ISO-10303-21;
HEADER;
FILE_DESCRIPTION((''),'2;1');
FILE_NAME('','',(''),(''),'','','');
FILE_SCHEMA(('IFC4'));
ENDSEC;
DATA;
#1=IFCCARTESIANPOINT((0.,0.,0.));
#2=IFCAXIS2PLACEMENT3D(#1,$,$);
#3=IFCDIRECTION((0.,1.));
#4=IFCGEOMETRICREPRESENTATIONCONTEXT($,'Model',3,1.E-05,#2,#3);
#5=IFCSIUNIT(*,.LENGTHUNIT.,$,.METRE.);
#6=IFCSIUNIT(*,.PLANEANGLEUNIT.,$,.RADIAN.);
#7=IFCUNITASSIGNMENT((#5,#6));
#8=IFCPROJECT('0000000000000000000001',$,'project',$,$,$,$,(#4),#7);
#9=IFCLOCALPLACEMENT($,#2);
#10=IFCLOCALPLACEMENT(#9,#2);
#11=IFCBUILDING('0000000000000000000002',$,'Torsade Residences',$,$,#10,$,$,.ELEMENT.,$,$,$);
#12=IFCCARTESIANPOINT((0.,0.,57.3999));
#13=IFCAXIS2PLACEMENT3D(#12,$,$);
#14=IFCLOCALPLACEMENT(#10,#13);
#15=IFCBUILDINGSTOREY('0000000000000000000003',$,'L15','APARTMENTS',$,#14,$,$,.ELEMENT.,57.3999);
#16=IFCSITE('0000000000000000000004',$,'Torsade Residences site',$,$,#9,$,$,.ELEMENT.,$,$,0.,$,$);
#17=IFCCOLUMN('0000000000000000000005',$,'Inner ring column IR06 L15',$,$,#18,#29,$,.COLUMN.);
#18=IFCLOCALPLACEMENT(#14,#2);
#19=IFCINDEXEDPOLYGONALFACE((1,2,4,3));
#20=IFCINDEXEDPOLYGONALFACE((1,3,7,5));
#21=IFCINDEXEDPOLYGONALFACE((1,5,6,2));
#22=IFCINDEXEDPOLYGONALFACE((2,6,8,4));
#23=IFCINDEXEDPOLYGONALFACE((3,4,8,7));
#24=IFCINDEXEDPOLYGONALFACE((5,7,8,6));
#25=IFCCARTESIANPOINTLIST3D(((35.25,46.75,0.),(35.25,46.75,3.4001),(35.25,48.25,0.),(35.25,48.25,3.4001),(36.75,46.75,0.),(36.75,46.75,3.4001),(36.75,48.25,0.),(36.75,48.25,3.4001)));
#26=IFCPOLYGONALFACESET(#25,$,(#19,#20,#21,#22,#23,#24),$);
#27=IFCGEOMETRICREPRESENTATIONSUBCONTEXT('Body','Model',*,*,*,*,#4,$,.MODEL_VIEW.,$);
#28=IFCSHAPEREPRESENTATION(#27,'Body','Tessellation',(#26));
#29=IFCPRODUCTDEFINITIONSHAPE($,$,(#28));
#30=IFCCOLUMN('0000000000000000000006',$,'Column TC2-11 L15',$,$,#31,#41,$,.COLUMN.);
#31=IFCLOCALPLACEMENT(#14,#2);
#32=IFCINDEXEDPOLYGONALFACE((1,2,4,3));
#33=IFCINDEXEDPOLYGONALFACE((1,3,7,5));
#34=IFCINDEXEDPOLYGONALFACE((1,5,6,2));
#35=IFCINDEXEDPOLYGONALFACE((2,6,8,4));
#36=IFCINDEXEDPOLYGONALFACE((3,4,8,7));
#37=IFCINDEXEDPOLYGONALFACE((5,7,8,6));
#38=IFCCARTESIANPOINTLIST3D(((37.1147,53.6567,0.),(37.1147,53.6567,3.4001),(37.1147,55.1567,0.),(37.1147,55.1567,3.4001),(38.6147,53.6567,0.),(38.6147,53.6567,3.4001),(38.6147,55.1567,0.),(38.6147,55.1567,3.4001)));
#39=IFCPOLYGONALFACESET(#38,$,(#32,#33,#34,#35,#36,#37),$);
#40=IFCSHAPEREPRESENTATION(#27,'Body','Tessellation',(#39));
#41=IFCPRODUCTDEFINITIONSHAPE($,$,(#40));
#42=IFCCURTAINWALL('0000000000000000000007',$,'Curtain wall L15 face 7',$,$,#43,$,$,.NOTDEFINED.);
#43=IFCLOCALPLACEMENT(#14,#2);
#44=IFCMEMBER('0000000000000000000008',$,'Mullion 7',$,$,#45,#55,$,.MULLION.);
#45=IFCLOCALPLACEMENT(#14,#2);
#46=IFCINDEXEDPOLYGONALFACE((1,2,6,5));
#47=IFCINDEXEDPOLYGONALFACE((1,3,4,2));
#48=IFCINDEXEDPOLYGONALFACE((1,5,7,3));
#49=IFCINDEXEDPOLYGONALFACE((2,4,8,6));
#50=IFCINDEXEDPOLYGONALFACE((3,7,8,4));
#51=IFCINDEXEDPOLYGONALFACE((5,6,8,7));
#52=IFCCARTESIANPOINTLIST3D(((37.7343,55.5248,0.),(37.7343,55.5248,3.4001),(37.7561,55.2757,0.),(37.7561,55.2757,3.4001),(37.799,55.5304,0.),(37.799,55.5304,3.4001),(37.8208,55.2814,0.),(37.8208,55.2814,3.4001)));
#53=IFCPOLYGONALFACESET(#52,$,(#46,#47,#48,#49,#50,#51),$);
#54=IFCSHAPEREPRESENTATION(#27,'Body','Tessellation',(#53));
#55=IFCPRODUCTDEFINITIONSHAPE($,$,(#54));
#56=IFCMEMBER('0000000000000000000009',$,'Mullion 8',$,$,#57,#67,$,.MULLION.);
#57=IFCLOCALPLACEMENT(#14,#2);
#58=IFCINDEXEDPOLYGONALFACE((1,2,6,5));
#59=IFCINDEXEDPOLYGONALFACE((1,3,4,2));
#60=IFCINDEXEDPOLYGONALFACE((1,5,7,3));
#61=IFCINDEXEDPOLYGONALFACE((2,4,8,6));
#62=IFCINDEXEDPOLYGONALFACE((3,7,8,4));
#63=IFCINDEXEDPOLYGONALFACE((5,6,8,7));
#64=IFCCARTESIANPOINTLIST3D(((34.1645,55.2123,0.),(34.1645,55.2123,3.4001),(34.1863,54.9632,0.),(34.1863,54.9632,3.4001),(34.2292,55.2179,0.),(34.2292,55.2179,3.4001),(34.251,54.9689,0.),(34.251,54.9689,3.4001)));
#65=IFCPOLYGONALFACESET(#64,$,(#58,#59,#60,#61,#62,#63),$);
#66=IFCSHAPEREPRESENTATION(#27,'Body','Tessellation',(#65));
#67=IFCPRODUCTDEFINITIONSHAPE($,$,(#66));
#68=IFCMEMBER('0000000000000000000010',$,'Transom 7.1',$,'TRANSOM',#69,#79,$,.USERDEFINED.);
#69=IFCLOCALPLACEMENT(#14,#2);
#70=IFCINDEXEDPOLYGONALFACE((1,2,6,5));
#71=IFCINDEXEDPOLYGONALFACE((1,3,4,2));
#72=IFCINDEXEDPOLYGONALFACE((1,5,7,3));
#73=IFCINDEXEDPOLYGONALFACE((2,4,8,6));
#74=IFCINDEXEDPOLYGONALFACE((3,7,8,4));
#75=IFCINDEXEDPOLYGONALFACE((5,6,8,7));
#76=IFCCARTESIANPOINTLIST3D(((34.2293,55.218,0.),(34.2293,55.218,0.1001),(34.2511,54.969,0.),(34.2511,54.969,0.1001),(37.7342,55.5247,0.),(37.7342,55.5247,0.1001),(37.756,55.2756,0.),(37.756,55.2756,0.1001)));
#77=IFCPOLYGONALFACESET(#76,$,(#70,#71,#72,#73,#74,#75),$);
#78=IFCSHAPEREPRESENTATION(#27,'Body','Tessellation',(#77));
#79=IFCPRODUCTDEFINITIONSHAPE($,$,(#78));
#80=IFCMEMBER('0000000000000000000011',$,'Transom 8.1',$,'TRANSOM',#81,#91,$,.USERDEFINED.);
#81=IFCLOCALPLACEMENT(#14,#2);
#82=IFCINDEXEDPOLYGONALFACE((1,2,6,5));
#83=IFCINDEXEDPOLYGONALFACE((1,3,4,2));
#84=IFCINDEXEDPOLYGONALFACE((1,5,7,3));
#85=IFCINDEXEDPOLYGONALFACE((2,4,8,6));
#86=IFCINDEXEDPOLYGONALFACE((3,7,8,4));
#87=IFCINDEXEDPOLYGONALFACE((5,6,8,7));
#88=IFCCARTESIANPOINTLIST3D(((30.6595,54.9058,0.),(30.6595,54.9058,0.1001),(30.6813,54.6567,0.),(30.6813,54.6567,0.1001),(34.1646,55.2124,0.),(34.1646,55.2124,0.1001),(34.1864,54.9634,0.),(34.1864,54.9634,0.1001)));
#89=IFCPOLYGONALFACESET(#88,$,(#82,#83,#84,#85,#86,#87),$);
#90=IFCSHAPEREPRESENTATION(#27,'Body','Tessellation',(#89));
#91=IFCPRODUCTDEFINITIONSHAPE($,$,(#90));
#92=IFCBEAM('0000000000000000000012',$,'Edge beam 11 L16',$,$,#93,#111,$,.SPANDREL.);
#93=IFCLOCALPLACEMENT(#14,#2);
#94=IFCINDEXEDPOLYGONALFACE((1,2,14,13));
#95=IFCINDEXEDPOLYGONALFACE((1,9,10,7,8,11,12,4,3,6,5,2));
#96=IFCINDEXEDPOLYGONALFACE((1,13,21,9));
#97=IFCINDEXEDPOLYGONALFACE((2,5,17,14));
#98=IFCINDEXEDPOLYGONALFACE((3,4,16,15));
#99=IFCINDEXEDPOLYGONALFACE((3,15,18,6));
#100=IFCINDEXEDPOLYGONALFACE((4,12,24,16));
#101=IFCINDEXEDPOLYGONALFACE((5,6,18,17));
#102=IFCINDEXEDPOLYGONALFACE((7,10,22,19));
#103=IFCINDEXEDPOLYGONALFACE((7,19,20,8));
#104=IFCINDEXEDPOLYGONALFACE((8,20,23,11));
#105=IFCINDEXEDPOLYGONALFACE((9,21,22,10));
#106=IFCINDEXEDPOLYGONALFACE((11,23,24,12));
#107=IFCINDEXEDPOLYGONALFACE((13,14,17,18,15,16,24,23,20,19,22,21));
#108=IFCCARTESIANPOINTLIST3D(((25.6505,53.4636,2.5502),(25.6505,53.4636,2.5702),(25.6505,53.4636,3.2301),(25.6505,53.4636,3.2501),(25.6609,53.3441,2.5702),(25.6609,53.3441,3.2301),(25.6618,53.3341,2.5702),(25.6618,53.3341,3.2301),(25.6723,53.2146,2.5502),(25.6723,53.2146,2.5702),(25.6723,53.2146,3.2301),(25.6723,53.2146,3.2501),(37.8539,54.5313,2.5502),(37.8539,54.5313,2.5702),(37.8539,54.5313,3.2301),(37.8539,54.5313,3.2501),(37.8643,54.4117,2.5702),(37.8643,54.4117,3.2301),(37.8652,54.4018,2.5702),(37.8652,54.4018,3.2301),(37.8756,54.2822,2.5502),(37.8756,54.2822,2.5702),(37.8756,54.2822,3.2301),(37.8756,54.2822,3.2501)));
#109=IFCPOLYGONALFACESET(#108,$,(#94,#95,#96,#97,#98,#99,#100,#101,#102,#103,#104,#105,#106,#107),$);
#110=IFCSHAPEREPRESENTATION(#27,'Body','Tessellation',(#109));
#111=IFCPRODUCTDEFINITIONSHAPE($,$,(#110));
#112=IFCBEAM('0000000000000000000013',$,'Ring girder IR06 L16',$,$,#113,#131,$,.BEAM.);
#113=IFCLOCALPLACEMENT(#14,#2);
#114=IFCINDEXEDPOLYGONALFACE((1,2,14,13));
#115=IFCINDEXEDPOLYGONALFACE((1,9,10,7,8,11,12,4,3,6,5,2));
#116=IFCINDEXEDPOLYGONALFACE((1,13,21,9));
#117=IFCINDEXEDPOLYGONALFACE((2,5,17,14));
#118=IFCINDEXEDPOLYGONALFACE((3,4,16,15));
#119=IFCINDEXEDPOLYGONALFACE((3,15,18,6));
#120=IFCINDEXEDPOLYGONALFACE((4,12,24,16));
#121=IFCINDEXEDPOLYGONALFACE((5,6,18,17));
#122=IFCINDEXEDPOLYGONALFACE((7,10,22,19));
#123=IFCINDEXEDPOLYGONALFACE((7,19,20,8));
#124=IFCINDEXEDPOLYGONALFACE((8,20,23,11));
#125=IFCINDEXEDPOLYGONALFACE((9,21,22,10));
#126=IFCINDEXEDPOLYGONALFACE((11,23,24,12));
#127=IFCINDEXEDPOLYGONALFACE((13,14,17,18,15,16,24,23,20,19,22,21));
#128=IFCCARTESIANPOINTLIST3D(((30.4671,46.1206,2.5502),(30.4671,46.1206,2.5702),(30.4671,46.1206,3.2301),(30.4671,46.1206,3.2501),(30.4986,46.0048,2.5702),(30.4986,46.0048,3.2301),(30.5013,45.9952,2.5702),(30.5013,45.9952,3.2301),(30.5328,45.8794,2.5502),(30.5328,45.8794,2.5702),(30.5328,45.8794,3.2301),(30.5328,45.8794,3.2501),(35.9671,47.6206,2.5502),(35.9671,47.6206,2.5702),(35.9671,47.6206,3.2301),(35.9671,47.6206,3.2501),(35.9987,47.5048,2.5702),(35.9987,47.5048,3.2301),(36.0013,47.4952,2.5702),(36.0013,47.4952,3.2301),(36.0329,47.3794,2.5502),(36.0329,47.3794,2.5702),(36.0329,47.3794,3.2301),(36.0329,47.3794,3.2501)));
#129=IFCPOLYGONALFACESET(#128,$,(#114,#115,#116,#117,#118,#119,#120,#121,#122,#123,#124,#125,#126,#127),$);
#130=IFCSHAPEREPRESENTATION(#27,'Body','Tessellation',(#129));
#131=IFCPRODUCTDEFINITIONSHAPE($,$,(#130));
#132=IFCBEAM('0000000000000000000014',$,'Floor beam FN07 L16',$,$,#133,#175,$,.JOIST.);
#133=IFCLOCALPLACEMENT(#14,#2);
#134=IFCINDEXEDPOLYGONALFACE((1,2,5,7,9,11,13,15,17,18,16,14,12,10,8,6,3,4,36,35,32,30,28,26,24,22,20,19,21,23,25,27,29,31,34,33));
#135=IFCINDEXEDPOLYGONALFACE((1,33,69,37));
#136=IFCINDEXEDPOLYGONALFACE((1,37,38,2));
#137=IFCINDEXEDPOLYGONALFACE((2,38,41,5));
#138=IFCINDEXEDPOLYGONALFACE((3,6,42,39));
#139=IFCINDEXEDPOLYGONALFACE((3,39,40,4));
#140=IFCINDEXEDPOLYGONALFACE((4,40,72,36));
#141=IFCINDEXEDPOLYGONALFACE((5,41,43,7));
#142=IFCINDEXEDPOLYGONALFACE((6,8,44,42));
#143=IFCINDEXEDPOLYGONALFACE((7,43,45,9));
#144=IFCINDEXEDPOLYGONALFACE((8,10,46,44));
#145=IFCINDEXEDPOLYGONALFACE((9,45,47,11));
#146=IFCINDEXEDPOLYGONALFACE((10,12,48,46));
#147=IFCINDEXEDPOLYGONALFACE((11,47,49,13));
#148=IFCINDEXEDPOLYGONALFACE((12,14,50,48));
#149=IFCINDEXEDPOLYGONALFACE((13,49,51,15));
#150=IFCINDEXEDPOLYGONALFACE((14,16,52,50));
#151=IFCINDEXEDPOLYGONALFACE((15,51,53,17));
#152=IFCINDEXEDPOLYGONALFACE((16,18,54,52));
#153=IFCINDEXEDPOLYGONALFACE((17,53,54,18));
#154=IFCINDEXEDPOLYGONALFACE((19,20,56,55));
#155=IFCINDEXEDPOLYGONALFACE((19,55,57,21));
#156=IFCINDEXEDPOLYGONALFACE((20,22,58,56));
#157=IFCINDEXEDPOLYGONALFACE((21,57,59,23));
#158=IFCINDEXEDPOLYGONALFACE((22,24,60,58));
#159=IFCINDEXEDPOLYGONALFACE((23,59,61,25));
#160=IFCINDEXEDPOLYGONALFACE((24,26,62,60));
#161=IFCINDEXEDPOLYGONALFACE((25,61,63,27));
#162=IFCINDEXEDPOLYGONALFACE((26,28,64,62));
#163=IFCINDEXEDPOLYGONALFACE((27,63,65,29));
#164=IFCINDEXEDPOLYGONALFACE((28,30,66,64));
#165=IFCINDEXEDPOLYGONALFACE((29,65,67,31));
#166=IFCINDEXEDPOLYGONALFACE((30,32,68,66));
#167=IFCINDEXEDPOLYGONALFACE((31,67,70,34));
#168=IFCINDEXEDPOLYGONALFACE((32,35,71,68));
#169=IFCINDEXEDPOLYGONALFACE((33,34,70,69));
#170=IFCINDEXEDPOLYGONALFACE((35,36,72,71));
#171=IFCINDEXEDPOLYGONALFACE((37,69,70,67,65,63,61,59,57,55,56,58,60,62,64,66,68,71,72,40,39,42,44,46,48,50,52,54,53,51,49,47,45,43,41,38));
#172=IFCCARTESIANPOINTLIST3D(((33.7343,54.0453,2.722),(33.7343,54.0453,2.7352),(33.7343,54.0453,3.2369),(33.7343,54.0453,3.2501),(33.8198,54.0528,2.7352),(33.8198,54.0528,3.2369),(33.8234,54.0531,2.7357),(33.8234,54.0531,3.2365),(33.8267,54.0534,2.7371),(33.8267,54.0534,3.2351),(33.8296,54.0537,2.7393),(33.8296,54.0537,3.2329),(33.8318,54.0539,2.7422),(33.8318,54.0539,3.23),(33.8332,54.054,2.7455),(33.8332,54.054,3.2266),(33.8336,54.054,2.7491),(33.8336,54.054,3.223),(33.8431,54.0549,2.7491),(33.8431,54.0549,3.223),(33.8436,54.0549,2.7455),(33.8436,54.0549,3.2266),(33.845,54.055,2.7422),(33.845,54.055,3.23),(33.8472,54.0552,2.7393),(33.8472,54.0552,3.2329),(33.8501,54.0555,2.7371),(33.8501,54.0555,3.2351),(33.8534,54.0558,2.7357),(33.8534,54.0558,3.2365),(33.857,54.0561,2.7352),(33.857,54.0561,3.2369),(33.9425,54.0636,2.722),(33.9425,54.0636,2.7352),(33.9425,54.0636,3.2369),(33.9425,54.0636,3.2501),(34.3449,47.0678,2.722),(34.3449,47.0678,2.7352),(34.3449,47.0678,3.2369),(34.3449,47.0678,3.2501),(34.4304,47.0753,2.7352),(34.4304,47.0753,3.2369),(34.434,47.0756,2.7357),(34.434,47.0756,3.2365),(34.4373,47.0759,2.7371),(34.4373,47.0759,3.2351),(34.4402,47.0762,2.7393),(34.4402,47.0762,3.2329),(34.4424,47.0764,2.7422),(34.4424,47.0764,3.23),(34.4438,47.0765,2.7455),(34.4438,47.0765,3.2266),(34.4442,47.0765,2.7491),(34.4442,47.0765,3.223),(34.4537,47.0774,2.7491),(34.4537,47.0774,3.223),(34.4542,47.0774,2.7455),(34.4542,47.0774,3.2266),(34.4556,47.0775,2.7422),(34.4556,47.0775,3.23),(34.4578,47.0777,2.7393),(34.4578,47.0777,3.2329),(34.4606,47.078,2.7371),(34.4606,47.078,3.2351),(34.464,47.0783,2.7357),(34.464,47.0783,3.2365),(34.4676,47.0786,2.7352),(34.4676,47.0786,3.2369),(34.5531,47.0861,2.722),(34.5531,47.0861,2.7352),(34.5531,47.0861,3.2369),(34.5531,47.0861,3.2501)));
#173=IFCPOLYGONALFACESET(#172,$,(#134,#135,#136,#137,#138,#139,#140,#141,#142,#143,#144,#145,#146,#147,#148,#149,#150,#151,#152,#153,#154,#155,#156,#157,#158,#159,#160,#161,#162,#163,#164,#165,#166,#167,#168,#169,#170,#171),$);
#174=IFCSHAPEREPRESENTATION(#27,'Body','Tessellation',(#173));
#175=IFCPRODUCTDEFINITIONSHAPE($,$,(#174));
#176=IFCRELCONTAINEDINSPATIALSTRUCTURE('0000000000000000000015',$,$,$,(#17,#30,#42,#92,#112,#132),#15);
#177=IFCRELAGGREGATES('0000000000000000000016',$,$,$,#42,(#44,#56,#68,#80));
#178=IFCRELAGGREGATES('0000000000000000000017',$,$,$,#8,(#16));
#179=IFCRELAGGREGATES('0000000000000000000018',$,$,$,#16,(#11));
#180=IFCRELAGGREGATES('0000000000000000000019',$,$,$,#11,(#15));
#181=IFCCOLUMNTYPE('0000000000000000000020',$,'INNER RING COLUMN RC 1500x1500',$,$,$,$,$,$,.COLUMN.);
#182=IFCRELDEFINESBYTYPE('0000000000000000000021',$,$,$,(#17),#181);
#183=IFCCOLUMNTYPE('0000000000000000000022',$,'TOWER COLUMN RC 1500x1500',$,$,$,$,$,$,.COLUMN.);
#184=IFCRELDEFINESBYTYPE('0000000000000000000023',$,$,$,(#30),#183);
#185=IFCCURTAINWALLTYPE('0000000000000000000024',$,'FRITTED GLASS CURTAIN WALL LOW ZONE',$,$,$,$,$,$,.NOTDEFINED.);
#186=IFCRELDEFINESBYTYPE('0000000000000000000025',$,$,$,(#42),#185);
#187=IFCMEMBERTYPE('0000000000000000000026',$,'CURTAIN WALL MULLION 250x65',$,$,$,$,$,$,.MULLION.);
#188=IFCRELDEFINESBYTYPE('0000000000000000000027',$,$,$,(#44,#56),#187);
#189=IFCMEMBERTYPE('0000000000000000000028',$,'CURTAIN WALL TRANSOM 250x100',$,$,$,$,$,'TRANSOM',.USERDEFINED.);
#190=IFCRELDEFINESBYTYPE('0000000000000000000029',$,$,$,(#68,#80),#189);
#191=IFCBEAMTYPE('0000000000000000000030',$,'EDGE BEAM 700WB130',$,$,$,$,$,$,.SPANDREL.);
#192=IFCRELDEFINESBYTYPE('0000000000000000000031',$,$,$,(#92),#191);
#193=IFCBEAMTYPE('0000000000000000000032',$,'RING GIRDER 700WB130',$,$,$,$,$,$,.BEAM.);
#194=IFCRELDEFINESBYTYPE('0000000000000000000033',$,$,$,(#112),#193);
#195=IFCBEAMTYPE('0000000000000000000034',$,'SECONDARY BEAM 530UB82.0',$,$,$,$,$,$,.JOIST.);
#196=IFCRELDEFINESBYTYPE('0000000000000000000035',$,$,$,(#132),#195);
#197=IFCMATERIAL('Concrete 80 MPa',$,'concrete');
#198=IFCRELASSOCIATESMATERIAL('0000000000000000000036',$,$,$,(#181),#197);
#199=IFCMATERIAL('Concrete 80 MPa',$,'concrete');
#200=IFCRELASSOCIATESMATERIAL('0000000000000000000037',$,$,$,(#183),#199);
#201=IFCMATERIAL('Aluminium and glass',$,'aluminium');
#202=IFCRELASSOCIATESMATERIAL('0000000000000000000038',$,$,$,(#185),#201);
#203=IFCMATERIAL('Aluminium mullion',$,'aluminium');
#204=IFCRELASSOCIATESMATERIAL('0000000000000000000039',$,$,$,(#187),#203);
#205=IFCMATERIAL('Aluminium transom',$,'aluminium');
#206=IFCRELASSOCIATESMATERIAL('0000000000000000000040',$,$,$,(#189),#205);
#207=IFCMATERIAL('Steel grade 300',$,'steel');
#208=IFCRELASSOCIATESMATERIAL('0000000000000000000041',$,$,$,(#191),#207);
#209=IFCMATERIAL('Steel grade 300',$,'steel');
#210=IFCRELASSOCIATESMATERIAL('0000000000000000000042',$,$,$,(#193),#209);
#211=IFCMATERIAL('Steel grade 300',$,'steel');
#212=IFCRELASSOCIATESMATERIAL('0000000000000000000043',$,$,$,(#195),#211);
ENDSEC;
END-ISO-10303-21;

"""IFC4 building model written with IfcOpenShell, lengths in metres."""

from ifc_helpers import new_model, si_unit, direction, frame, origin, origin_2d, place, context, subcontext, project, spatial, rectangle, i_section, extrude, material, material_profile, profile_set, type_object, element, aggregate, save


model = new_model("IFC4")

# Units and contexts
model_context = context("Model", 3, precision=1e-05, world=origin(), true_north=direction((0.0, 1.0)))
body_context = subcontext(model_context, "Body", "Model", "MODEL_VIEW")
ifc_project = project(units=[si_unit("LENGTHUNIT", "METRE"), si_unit("PLANEANGLEUNIT", "RADIAN")], contexts=[model_context])

# Site, building, storey
site_placement = place(None, origin())
site = spatial("IfcSite", under=ifc_project, at=site_placement, Name="Torsade Residences site", CompositionType="ELEMENT", RefElevation=0.0)
building_placement = place(site_placement, origin())
building = spatial("IfcBuilding", under=site, at=building_placement, Name="Torsade Residences", CompositionType="ELEMENT")
storey_placement = place(building_placement, frame((0.0, 0.0, 57.3999)))
storey = spatial("IfcBuildingStorey", under=building, at=storey_placement, Name="L15", Description="APARTMENTS", CompositionType="ELEMENT", Elevation=57.3999)

# Columns
ifc_material_1 = material(Name="Concrete 80 MPa", Category="concrete")
ifc_material_profile_1 = material_profile(ifc_material_1, rectangle(XDim=1.5, YDim=1.5, at=origin_2d()), Name="RC 1500x1500")
ifc_profile_set_1 = profile_set([ifc_material_profile_1], Name="Concrete 80 MPa")
column_type_1 = type_object("IfcColumnType", Name="INNER RING COLUMN RC 1500x1500", PredefinedType="COLUMN", material=ifc_profile_set_1)
column_1_placement = place(storey_placement, frame((36.0, 47.5, 0.0), z_axis=(0.0, 0.0, 1.0), x_axis=(1.0, 0.0, 0.0)))
element("IfcColumn", 1, at=column_1_placement, inside=storey, type_object=column_type_1, Name="Inner ring column IR06 L15", PredefinedType="COLUMN", context=body_context, shape_type="SweptSolid", body=[
    extrude(rectangle(XDim=1.5, YDim=1.5, at=origin_2d()), origin(), (0.0, 0.0, 1.0), 3.4001),
])
ifc_material_2 = material(Name="Concrete 80 MPa", Category="concrete")
ifc_material_profile_2 = material_profile(ifc_material_2, rectangle(XDim=1.5, YDim=1.5, at=origin_2d()), Name="RC 1500x1500")
ifc_profile_set_2 = profile_set([ifc_material_profile_2], Name="Concrete 80 MPa")
column_type_2 = type_object("IfcColumnType", Name="TOWER COLUMN RC 1500x1500", PredefinedType="COLUMN", material=ifc_profile_set_2)
column_2_placement = place(storey_placement, frame((37.8647, 54.4067, 0.0), z_axis=(0.0, 0.0, 1.0), x_axis=(1.0, 0.0, 0.0)))
element("IfcColumn", 2, at=column_2_placement, inside=storey, type_object=column_type_2, Name="Column TC2-11 L15", PredefinedType="COLUMN", context=body_context, shape_type="SweptSolid", body=[
    extrude(rectangle(XDim=1.5, YDim=1.5, at=origin_2d()), origin(), (0.0, 0.0, 1.0), 3.4001),
])

# Curtain wall, members
ifc_material_3 = material(Name="Aluminium and glass", Category="aluminium")
curtain_wall_type = type_object("IfcCurtainWallType", Name="FRITTED GLASS CURTAIN WALL LOW ZONE", PredefinedType="NOTDEFINED", material=ifc_material_3)
curtain_wall_placement = place(storey_placement, origin())
curtain_wall = element("IfcCurtainWall", 3, at=curtain_wall_placement, inside=storey, type_object=curtain_wall_type, Name="Curtain wall L15 face 7", PredefinedType="NOTDEFINED")
ifc_material_4 = material(Name="Aluminium mullion", Category="aluminium")
ifc_material_profile_3 = material_profile(ifc_material_4, rectangle(XDim=0.25, YDim=0.0649, at=origin_2d()), Name="CURTAIN WALL MULLION 250x65")
ifc_profile_set_3 = profile_set([ifc_material_profile_3], Name="Aluminium mullion")
member_type_1 = type_object("IfcMemberType", Name="CURTAIN WALL MULLION 250x65", PredefinedType="MULLION", material=ifc_profile_set_3)
member_1_placement = place(storey_placement, frame((37.7776, 55.4031, 0.0), z_axis=(0.0, 0.0, 1.0), x_axis=(0.087156, -0.996195, 0.0)))
member_1 = element("IfcMember", 4, at=member_1_placement, type_object=member_type_1, Name="Mullion 7", PredefinedType="MULLION", context=body_context, shape_type="SweptSolid", body=[
    extrude(rectangle(XDim=0.25, YDim=0.0649, at=origin_2d()), origin(), (0.0, 0.0, 1.0), 3.4001),
])
member_2_placement = place(storey_placement, frame((34.2078, 55.0906, 0.0), z_axis=(0.0, 0.0, 1.0), x_axis=(0.087156, -0.996195, 0.0)))
member_2 = element("IfcMember", 5, at=member_2_placement, type_object=member_type_1, Name="Mullion 8", PredefinedType="MULLION", context=body_context, shape_type="SweptSolid", body=[
    extrude(rectangle(XDim=0.25, YDim=0.0649, at=origin_2d()), origin(), (0.0, 0.0, 1.0), 3.4001),
])
ifc_material_5 = material(Name="Aluminium transom", Category="aluminium")
ifc_material_profile_4 = material_profile(ifc_material_5, rectangle(XDim=0.25, YDim=0.1001, at=origin_2d()), Name="CURTAIN WALL TRANSOM 250x100")
ifc_profile_set_4 = profile_set([ifc_material_profile_4], Name="Aluminium transom")
member_type_2 = type_object("IfcMemberType", Name="CURTAIN WALL TRANSOM 250x100", ElementType="TRANSOM", PredefinedType="USERDEFINED", material=ifc_profile_set_4)
member_3_placement = place(storey_placement, frame((37.7451, 55.4001, 0.05), z_axis=(-0.996195, -0.087157, 0.0), x_axis=(0.087157, -0.996195, 0.0)))
member_3 = element("IfcMember", 6, at=member_3_placement, type_object=member_type_2, Name="Transom 7.1", ObjectType="TRANSOM", PredefinedType="USERDEFINED", context=body_context, shape_type="SweptSolid", body=[
    extrude(rectangle(XDim=0.25, YDim=0.1001, at=origin_2d()), origin(), (0.0, 0.0, 1.0), 3.5183),
])
member_4_placement = place(storey_placement, frame((34.1755, 55.0879, 0.05), z_axis=(-0.996195, -0.087151, 0.0), x_axis=(0.087151, -0.996195, 0.0)))
member_4 = element("IfcMember", 7, at=member_4_placement, type_object=member_type_2, Name="Transom 8.1", ObjectType="TRANSOM", PredefinedType="USERDEFINED", context=body_context, shape_type="SweptSolid", body=[
    extrude(rectangle(XDim=0.25, YDim=0.1001, at=origin_2d()), origin(), (0.0, 0.0, 1.0), 3.5186),
])

# Beams
ifc_material_6 = material(Name="Steel grade 300", Category="steel")
ifc_material_profile_5 = material_profile(ifc_material_6, i_section(OverallWidth=0.25, OverallDepth=0.7, WebThickness=0.01, FlangeThickness=0.02, at=origin_2d()), Name="700WB130")
ifc_profile_set_5 = profile_set([ifc_material_profile_5], Name="Steel grade 300")
beam_type_1 = type_object("IfcBeamType", Name="EDGE BEAM 700WB130", PredefinedType="SPANDREL", material=ifc_profile_set_5)
beam_1_placement = place(storey_placement, frame((37.8647, 54.4067, 2.9001), z_axis=(-0.996195, -0.087153, 0.0), x_axis=(0.087153, -0.996195, 0.0)))
element("IfcBeam", 8, at=beam_1_placement, inside=storey, type_object=beam_type_1, Name="Edge beam 11 L16", PredefinedType="SPANDREL", context=body_context, shape_type="SweptSolid", body=[
    extrude(i_section(OverallWidth=0.25, OverallDepth=0.7, WebThickness=0.01, FlangeThickness=0.02, at=origin_2d()), origin(), (0.0, 0.0, 1.0), 12.25),
])
ifc_material_7 = material(Name="Steel grade 300", Category="steel")
ifc_material_profile_6 = material_profile(ifc_material_7, i_section(OverallWidth=0.25, OverallDepth=0.7, WebThickness=0.01, FlangeThickness=0.02, at=origin_2d()), Name="700WB130")
ifc_profile_set_6 = profile_set([ifc_material_profile_6], Name="Steel grade 300")
beam_type_2 = type_object("IfcBeamType", Name="RING GIRDER 700WB130", PredefinedType="BEAM", material=ifc_profile_set_6)
beam_2_placement = place(storey_placement, frame((36.0, 47.5, 2.9001), z_axis=(-0.964764, -0.263117, 0.0), x_axis=(0.263117, -0.964764, 0.0)))
element("IfcBeam", 9, at=beam_2_placement, inside=storey, type_object=beam_type_2, Name="Ring girder IR06 L16", PredefinedType="BEAM", context=body_context, shape_type="SweptSolid", body=[
    extrude(i_section(OverallWidth=0.25, OverallDepth=0.7, WebThickness=0.01, FlangeThickness=0.02, at=origin_2d()), origin(), (0.0, 0.0, 1.0), 5.7009),
])
ifc_material_8 = material(Name="Steel grade 300", Category="steel")
ifc_material_profile_7 = material_profile(ifc_material_8, i_section(OverallWidth=0.209, OverallDepth=0.5281, WebThickness=0.0095, FlangeThickness=0.0132, FilletRadius=0.0139, at=origin_2d()), Name="530UB82.0")
ifc_profile_set_7 = profile_set([ifc_material_profile_7], Name="Steel grade 300")
beam_type_3 = type_object("IfcBeamType", Name="SECONDARY BEAM 530UB82.0", PredefinedType="JOIST", material=ifc_profile_set_7)
beam_3_placement = place(storey_placement, frame((33.8384, 54.0544, 2.9861), z_axis=(0.087176, -0.996193, 0.0), x_axis=(0.996193, 0.087176, 0.0)))
element("IfcBeam", 10, at=beam_3_placement, inside=storey, type_object=beam_type_3, Name="Floor beam FN07 L16", PredefinedType="JOIST", context=body_context, shape_type="SweptSolid", body=[
    extrude(i_section(OverallWidth=0.209, OverallDepth=0.5281, WebThickness=0.0095, FlangeThickness=0.0132, FilletRadius=0.0139, at=origin_2d()), origin(), (0.0, 0.0, 1.0), 7.0042),
])

aggregate(curtain_wall, [member_1, member_2, member_3, member_4])

save(model, "model.ifc")
